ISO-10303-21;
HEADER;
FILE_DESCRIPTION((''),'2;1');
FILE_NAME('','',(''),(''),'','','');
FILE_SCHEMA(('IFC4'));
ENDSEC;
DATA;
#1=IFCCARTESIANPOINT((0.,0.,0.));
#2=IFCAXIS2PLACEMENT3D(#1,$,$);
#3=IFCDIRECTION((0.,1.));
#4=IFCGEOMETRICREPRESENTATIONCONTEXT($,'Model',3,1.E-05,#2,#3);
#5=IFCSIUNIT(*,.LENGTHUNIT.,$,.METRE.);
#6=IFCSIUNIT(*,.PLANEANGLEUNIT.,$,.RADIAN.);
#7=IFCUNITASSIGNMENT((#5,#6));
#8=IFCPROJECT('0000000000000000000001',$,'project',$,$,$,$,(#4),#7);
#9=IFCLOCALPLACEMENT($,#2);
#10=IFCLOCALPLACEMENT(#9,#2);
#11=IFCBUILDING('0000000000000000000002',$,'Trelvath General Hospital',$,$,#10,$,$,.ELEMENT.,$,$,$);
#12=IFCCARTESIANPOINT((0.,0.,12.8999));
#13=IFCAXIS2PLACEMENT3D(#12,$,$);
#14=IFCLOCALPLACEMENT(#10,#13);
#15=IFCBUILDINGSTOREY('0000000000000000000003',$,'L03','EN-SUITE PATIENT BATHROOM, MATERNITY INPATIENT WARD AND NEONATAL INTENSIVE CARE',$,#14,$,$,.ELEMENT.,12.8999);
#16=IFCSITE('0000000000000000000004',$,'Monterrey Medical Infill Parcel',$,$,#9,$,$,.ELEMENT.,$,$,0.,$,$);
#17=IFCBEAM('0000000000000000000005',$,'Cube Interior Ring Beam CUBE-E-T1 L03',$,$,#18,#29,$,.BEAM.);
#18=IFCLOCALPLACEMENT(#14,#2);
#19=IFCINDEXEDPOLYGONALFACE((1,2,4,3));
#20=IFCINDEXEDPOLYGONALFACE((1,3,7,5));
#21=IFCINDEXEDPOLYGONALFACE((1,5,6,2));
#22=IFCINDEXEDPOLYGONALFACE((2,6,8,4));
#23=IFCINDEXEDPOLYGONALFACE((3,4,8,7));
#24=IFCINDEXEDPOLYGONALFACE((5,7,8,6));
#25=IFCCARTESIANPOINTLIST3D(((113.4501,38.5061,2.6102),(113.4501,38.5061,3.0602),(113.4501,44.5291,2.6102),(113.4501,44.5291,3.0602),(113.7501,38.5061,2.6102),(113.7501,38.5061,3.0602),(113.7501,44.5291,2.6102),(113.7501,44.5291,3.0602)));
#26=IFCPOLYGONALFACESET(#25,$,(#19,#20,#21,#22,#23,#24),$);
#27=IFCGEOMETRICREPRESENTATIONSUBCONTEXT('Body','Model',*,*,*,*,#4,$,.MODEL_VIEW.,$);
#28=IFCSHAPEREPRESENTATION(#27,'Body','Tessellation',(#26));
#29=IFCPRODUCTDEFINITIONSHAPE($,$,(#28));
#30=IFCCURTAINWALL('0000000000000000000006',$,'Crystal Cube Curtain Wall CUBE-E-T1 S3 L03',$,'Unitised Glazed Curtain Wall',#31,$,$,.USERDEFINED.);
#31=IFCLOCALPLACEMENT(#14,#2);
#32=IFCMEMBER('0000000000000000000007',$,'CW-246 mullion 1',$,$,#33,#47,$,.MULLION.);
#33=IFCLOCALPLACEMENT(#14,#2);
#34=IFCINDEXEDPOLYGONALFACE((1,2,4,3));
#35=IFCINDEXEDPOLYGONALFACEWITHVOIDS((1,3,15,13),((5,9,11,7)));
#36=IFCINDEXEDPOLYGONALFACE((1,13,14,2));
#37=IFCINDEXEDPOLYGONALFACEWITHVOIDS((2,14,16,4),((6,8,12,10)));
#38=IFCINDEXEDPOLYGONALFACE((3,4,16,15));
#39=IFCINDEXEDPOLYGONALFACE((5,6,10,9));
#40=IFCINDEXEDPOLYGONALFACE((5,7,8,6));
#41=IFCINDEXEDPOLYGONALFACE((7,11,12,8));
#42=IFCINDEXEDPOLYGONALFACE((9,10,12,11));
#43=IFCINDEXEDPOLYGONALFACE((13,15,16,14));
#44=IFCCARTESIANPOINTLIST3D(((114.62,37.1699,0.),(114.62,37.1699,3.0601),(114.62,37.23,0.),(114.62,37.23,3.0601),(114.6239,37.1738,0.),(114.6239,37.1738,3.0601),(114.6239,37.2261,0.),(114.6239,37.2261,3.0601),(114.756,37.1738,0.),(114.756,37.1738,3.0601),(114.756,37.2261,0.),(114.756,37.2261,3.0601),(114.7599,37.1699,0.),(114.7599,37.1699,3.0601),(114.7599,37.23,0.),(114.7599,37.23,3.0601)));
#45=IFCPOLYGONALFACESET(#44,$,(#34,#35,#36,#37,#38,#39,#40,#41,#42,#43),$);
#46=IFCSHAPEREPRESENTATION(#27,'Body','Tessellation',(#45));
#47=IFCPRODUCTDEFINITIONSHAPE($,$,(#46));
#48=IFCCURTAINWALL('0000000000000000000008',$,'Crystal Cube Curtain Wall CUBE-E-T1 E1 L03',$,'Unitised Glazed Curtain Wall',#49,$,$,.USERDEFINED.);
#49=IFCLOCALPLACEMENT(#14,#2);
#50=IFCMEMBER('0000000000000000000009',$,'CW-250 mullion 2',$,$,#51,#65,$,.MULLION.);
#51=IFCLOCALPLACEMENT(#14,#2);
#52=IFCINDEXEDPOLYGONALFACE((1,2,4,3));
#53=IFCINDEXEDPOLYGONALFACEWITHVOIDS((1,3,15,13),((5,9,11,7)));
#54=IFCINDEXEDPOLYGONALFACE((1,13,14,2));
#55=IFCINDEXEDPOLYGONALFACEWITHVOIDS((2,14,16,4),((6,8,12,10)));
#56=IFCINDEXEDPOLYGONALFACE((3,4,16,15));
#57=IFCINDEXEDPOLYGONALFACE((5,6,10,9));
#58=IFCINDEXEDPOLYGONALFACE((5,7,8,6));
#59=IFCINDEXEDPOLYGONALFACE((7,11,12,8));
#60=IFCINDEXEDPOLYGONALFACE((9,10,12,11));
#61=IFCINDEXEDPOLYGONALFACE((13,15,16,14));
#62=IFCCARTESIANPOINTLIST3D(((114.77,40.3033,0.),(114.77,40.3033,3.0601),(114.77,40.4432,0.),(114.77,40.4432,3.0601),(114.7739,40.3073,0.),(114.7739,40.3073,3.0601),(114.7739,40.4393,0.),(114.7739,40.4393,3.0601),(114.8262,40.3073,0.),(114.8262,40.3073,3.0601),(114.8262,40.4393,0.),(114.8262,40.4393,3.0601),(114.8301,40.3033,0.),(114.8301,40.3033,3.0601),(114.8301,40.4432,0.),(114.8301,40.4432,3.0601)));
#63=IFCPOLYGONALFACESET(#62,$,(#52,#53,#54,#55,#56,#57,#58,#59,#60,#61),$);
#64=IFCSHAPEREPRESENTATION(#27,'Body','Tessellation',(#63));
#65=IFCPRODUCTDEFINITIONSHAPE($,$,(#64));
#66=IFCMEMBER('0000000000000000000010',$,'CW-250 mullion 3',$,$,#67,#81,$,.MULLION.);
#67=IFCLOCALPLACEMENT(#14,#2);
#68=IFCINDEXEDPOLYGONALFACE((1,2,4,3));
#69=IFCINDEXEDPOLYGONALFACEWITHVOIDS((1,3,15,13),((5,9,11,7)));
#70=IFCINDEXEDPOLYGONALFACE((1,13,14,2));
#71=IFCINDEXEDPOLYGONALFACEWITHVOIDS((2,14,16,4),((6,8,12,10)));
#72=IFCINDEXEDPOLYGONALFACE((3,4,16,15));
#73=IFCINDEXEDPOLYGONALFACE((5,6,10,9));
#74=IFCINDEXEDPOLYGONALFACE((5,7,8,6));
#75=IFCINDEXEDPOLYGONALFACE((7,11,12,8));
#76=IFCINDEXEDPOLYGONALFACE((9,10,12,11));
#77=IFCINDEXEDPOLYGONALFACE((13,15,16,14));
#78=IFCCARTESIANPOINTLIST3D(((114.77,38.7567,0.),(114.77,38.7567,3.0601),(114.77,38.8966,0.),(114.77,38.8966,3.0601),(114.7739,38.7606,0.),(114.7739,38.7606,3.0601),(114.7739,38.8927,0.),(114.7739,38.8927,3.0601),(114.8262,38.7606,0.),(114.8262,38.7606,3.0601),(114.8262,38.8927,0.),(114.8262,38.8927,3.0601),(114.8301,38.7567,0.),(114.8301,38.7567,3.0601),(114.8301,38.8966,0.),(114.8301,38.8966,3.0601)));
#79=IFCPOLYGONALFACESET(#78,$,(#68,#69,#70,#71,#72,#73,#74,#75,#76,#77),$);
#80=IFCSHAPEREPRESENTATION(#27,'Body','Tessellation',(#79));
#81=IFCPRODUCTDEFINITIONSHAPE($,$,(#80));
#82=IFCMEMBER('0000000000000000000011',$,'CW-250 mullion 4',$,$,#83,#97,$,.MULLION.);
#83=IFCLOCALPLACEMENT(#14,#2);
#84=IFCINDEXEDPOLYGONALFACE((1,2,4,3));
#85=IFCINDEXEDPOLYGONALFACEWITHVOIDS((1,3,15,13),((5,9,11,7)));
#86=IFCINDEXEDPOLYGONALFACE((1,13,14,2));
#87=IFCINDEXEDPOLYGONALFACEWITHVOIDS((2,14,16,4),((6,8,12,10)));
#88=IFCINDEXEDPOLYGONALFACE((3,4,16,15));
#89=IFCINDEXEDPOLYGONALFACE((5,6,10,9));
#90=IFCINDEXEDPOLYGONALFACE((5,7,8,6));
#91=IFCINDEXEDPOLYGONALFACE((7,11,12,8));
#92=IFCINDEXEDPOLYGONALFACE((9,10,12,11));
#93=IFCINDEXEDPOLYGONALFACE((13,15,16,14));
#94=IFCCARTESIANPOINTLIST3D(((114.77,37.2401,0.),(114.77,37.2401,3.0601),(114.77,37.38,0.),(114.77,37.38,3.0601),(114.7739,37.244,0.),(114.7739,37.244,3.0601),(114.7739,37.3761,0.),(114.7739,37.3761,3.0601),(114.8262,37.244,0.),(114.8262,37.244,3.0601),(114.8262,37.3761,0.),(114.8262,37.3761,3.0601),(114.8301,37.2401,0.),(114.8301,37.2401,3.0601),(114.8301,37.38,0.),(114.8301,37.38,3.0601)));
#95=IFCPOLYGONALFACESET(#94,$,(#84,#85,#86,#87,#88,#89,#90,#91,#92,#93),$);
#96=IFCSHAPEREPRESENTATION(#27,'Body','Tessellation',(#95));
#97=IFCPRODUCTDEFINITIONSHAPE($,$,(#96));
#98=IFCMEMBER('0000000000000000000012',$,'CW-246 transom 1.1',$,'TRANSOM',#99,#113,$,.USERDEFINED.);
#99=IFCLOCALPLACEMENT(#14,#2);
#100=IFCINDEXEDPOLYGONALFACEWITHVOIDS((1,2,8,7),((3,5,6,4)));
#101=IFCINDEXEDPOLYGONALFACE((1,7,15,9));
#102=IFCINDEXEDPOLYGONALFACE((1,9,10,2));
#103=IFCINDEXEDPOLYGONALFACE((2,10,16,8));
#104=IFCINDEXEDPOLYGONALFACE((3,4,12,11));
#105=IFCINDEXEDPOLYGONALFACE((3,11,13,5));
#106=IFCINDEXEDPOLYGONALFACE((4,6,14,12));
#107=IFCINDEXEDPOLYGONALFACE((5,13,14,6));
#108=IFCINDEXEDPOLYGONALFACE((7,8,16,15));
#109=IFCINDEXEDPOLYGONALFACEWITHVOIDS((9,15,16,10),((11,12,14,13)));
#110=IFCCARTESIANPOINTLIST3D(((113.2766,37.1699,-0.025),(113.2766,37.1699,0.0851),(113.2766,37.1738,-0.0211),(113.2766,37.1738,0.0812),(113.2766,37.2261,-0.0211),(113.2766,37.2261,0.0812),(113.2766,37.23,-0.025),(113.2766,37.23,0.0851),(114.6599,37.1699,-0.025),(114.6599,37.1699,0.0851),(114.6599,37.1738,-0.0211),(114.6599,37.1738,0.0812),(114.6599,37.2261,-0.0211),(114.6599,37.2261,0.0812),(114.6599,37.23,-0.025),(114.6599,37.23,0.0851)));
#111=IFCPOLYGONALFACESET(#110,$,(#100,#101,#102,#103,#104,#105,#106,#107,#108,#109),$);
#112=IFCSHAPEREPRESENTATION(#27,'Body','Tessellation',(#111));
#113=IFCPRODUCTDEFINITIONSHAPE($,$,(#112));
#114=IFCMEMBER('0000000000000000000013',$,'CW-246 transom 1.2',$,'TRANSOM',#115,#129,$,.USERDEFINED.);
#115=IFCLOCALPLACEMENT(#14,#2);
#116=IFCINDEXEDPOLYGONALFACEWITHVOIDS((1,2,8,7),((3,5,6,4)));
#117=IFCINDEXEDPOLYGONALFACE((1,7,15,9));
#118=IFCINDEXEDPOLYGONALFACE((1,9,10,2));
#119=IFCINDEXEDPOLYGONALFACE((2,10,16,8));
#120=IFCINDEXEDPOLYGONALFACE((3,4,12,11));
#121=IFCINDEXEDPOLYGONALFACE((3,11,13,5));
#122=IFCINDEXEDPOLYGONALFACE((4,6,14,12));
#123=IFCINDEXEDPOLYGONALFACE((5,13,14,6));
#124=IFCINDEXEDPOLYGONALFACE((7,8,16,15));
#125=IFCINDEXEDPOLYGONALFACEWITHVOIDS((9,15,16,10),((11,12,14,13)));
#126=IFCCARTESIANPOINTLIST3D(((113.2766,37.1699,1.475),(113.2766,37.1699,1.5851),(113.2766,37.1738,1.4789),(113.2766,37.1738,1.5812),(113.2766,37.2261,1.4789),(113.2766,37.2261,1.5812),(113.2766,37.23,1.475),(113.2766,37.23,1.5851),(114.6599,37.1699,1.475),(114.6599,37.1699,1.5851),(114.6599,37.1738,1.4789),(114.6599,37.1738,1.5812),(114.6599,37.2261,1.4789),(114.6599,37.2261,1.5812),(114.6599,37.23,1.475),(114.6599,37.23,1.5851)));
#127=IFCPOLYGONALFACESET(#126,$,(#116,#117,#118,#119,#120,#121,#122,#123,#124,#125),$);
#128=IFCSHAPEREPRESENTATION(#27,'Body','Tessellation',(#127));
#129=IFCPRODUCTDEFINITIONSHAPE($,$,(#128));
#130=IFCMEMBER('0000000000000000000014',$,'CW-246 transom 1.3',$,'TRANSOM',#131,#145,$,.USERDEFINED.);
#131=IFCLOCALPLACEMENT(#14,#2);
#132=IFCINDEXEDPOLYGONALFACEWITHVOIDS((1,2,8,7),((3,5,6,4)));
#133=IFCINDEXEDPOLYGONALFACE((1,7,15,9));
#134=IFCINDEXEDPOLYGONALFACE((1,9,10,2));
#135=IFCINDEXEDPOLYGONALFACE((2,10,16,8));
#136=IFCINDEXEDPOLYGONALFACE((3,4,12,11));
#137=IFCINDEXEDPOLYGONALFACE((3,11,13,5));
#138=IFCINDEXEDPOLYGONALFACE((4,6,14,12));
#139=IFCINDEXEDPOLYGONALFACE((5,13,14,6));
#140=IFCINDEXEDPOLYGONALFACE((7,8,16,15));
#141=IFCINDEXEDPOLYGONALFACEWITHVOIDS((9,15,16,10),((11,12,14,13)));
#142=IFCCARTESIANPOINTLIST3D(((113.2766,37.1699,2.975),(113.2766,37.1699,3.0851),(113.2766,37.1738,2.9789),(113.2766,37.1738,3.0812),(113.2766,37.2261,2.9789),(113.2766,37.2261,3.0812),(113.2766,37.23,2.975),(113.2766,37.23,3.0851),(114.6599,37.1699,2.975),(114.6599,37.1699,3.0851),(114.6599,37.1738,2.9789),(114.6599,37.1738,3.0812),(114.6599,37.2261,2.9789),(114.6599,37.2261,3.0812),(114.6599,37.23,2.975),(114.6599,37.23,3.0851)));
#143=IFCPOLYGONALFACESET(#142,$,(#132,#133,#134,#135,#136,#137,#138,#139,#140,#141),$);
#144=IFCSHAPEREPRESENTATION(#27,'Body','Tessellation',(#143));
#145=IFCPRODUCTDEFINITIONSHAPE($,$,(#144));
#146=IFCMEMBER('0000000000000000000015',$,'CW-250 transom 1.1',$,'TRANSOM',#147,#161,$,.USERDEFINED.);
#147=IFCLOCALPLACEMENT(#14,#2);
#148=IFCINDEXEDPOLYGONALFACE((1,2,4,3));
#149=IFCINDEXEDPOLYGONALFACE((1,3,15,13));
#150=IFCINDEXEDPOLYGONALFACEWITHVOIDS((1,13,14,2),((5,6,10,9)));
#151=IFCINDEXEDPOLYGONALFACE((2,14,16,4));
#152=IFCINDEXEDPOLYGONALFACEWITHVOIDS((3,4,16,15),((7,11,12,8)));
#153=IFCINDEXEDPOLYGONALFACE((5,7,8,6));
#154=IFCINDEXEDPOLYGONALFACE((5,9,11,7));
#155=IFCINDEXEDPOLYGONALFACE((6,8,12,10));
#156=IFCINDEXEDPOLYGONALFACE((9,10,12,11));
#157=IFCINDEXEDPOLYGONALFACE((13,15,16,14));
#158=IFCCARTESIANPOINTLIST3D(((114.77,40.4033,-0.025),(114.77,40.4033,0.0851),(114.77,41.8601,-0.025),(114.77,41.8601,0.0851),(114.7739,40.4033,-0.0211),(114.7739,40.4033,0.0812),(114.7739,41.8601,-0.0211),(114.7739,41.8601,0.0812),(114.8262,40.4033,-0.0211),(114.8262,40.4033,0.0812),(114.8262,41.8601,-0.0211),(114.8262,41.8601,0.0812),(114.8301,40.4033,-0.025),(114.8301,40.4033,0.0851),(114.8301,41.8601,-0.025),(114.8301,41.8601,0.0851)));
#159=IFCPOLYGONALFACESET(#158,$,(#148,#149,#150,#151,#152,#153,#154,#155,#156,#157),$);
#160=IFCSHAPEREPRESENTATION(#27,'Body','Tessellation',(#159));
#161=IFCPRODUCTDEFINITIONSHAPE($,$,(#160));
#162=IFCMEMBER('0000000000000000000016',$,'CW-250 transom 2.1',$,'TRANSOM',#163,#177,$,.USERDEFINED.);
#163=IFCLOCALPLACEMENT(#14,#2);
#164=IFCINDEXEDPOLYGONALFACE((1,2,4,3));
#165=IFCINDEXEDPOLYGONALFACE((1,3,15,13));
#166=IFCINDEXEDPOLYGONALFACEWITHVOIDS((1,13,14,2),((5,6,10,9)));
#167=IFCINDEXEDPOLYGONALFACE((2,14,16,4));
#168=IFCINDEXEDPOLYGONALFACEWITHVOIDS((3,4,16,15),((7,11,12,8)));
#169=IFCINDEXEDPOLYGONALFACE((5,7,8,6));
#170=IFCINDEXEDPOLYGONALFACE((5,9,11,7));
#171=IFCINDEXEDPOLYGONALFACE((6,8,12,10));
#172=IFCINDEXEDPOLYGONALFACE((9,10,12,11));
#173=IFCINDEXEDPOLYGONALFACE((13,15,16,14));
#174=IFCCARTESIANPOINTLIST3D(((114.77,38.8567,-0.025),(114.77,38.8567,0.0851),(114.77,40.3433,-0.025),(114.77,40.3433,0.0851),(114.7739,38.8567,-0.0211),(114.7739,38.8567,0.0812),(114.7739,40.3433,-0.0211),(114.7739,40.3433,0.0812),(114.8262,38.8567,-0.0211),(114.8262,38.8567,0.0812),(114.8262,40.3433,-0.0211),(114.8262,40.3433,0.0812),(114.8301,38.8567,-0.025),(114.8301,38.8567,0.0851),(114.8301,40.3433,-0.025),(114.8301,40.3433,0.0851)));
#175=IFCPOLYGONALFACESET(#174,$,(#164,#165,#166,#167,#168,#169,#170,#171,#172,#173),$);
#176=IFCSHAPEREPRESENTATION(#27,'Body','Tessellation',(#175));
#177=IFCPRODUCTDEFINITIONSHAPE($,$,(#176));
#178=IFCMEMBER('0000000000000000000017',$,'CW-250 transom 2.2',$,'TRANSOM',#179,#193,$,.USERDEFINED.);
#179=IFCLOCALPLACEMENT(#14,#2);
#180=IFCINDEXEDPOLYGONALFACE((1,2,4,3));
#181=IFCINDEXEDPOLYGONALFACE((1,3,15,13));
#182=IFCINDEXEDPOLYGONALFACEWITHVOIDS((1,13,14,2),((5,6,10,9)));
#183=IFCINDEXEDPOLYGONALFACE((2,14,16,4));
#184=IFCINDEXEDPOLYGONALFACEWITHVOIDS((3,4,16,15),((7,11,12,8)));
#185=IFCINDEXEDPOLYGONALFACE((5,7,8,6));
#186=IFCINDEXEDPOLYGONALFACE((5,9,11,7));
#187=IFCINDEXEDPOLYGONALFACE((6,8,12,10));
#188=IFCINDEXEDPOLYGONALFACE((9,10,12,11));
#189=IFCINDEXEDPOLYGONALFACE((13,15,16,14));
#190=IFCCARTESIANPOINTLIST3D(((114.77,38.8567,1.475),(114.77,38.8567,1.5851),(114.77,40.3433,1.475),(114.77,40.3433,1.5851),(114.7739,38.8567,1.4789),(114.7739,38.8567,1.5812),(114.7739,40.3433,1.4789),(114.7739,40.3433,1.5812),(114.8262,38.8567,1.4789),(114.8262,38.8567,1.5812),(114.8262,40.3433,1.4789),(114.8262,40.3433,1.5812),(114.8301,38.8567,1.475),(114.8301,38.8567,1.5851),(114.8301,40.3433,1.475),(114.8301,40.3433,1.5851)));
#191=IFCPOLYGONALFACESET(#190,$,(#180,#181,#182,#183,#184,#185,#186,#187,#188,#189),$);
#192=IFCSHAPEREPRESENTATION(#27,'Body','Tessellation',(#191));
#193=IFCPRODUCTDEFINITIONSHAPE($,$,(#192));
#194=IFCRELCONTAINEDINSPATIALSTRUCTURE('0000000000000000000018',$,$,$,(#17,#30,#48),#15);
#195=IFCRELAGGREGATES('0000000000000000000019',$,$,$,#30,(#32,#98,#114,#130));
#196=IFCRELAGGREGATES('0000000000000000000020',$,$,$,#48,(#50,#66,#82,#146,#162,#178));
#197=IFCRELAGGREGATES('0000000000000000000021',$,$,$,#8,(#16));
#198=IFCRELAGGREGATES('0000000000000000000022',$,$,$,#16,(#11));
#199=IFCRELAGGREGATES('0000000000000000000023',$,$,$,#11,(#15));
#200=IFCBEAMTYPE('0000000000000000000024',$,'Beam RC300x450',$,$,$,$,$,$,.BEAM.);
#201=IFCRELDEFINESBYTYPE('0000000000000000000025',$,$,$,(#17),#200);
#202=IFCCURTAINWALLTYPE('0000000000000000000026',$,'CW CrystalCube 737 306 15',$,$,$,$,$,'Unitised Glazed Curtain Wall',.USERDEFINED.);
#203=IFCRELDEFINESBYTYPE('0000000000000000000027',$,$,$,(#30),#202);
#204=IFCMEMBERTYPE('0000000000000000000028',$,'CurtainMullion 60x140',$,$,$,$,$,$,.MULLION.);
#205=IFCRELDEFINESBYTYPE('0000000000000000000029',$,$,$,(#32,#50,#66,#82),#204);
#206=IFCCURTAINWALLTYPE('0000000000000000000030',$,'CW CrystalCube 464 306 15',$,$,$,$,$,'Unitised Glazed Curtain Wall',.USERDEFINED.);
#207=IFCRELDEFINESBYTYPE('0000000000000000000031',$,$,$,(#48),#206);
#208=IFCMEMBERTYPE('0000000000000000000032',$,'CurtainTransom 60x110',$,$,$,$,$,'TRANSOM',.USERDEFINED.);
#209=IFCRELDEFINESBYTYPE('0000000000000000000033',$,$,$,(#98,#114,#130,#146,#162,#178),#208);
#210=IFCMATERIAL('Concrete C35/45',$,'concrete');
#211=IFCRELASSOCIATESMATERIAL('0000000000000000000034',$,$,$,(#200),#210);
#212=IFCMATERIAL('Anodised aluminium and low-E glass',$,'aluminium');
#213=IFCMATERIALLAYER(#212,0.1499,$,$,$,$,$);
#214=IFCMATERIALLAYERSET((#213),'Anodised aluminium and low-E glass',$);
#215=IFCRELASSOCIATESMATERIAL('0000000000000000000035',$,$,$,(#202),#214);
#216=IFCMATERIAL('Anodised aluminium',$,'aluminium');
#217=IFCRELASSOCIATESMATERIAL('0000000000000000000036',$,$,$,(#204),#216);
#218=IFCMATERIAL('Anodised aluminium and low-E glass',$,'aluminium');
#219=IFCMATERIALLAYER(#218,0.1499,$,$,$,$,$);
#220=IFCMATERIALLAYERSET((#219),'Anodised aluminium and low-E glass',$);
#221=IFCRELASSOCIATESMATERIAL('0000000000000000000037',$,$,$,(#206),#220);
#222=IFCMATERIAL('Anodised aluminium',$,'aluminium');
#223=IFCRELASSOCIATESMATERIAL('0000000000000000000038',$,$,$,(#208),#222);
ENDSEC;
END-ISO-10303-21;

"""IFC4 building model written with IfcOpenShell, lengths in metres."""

from ifc_helpers import new_model, si_unit, direction, frame, origin, origin_2d, place, context, subcontext, project, spatial, rectangle, hollow_rectangle, extrude, material, layer, layer_set, material_profile, profile_set, type_object, element, aggregate, save


model = new_model("IFC4")

# Units and contexts
model_context = context("Model", 3, precision=1e-05, world=origin(), true_north=direction((0.0, 1.0)))
body_context = subcontext(model_context, "Body", "Model", "MODEL_VIEW")
ifc_project = project(units=[si_unit("LENGTHUNIT", "METRE"), si_unit("PLANEANGLEUNIT", "RADIAN")], contexts=[model_context])

# Site, building, storey
site_placement = place(None, origin())
site = spatial("IfcSite", under=ifc_project, at=site_placement, Name="Monterrey Medical Infill Parcel", CompositionType="ELEMENT", RefElevation=0.0)
building_placement = place(site_placement, origin())
building = spatial("IfcBuilding", under=site, at=building_placement, Name="Trelvath General Hospital", CompositionType="ELEMENT")
storey_placement = place(building_placement, frame((0.0, 0.0, 12.8999)))
storey = spatial("IfcBuildingStorey", under=building, at=storey_placement, Name="L03", Description="EN-SUITE PATIENT BATHROOM, MATERNITY INPATIENT WARD AND NEONATAL INTENSIVE CARE", CompositionType="ELEMENT", Elevation=12.8999)

# Beam
ifc_material_1 = material(Name="Concrete C35/45", Category="concrete")
ifc_material_profile_1 = material_profile(ifc_material_1, rectangle(XDim=0.3, YDim=0.45, at=origin_2d()), Name="RCB300x450")
ifc_profile_set_1 = profile_set([ifc_material_profile_1], Name="Concrete C35/45")
beam_type = type_object("IfcBeamType", Name="Beam RC300x450", PredefinedType="BEAM", material=ifc_profile_set_1)
beam_placement = place(storey_placement, frame((113.6001, 38.5061, 2.8352), z_axis=(0.0, 1.0, 0.0), x_axis=(-1.0, 0.0, 0.0)))
element("IfcBeam", 1, at=beam_placement, inside=storey, type_object=beam_type, Name="Cube Interior Ring Beam CUBE-E-T1 L03", PredefinedType="BEAM", context=body_context, shape_type="SweptSolid", body=[
    extrude(rectangle(XDim=0.3, YDim=0.45, at=origin_2d()), origin(), (0.0, 0.0, 1.0), 6.0229),
])

# Curtain wall, member
ifc_material_2 = material(Name="Anodised aluminium and low-E glass", Category="aluminium")
ifc_layer_1 = layer(ifc_material_2, 0.1499)
ifc_layer_set_1 = layer_set([ifc_layer_1], Name="Anodised aluminium and low-E glass")
curtain_wall_type_1 = type_object("IfcCurtainWallType", Name="CW CrystalCube 737 306 15", ElementType="Unitised Glazed Curtain Wall", PredefinedType="USERDEFINED", material=ifc_layer_set_1)
curtain_wall_1_placement = place(storey_placement, origin())
curtain_wall_1 = element("IfcCurtainWall", 2, at=curtain_wall_1_placement, inside=storey, type_object=curtain_wall_type_1, Name="Crystal Cube Curtain Wall CUBE-E-T1 S3 L03", ObjectType="Unitised Glazed Curtain Wall", PredefinedType="USERDEFINED")
ifc_material_3 = material(Name="Anodised aluminium", Category="aluminium")
ifc_material_profile_2 = material_profile(ifc_material_3, hollow_rectangle(XDim=0.0601, YDim=0.1399, WallThickness=0.0039, at=origin_2d()), Name="RHS60x140x4")
ifc_profile_set_2 = profile_set([ifc_material_profile_2], Name="Anodised aluminium")
member_type_1 = type_object("IfcMemberType", Name="CurtainMullion 60x140", PredefinedType="MULLION", material=ifc_profile_set_2)
member_1_placement = place(storey_placement, frame((114.6899, 37.2, 0.0), z_axis=(0.0, 0.0, 1.0), x_axis=(0.0, -1.0, 0.0)))
member_1 = element("IfcMember", 3, at=member_1_placement, type_object=member_type_1, Name="CW-246 mullion 1", PredefinedType="MULLION", context=body_context, shape_type="SweptSolid", body=[
    extrude(hollow_rectangle(XDim=0.0601, YDim=0.1399, WallThickness=0.0039, at=origin_2d()), origin(), (0.0, 0.0, 1.0), 3.0601),
])

# Curtain wall, members
ifc_material_4 = material(Name="Anodised aluminium and low-E glass", Category="aluminium")
ifc_layer_2 = layer(ifc_material_4, 0.1499)
ifc_layer_set_2 = layer_set([ifc_layer_2], Name="Anodised aluminium and low-E glass")
curtain_wall_type_2 = type_object("IfcCurtainWallType", Name="CW CrystalCube 464 306 15", ElementType="Unitised Glazed Curtain Wall", PredefinedType="USERDEFINED", material=ifc_layer_set_2)
curtain_wall_2_placement = place(storey_placement, origin())
curtain_wall_2 = element("IfcCurtainWall", 4, at=curtain_wall_2_placement, inside=storey, type_object=curtain_wall_type_2, Name="Crystal Cube Curtain Wall CUBE-E-T1 E1 L03", ObjectType="Unitised Glazed Curtain Wall", PredefinedType="USERDEFINED")
member_2_placement = place(storey_placement, frame((114.8, 40.3733, 0.0), z_axis=(0.0, 0.0, 1.0), x_axis=(1.0, 0.0, 0.0)))
member_2 = element("IfcMember", 5, at=member_2_placement, type_object=member_type_1, Name="CW-250 mullion 2", PredefinedType="MULLION", context=body_context, shape_type="SweptSolid", body=[
    extrude(hollow_rectangle(XDim=0.0601, YDim=0.1399, WallThickness=0.0039, at=origin_2d()), origin(), (0.0, 0.0, 1.0), 3.0601),
])
member_3_placement = place(storey_placement, frame((114.8, 38.8267, 0.0), z_axis=(0.0, 0.0, 1.0), x_axis=(1.0, 0.0, 0.0)))
member_3 = element("IfcMember", 6, at=member_3_placement, type_object=member_type_1, Name="CW-250 mullion 3", PredefinedType="MULLION", context=body_context, shape_type="SweptSolid", body=[
    extrude(hollow_rectangle(XDim=0.0601, YDim=0.1399, WallThickness=0.0039, at=origin_2d()), origin(), (0.0, 0.0, 1.0), 3.0601),
])
member_4_placement = place(storey_placement, frame((114.8, 37.3101, 0.0), z_axis=(0.0, 0.0, 1.0), x_axis=(1.0, 0.0, 0.0)))
member_4 = element("IfcMember", 7, at=member_4_placement, type_object=member_type_1, Name="CW-250 mullion 4", PredefinedType="MULLION", context=body_context, shape_type="SweptSolid", body=[
    extrude(hollow_rectangle(XDim=0.0601, YDim=0.1399, WallThickness=0.0039, at=origin_2d()), origin(), (0.0, 0.0, 1.0), 3.0601),
])

# Members
ifc_material_5 = material(Name="Anodised aluminium", Category="aluminium")
ifc_material_profile_3 = material_profile(ifc_material_5, hollow_rectangle(XDim=0.0601, YDim=0.1101, WallThickness=0.0039, at=origin_2d()), Name="RHS60x110x4")
ifc_profile_set_3 = profile_set([ifc_material_profile_3], Name="Anodised aluminium")
member_type_2 = type_object("IfcMemberType", Name="CurtainTransom 60x110", ElementType="TRANSOM", PredefinedType="USERDEFINED", material=ifc_profile_set_3)
member_5_placement = place(storey_placement, frame((114.6599, 37.2, 0.03), z_axis=(-1.0, 0.0, 0.0), x_axis=(0.0, -1.0, 0.0)))
member_5 = element("IfcMember", 8, at=member_5_placement, type_object=member_type_2, Name="CW-246 transom 1.1", ObjectType="TRANSOM", PredefinedType="USERDEFINED", context=body_context, shape_type="SweptSolid", body=[
    extrude(hollow_rectangle(XDim=0.0601, YDim=0.1101, WallThickness=0.0039, at=origin_2d()), origin(), (0.0, 0.0, 1.0), 1.3833),
])
member_6_placement = place(storey_placement, frame((114.6599, 37.2, 1.53), z_axis=(-1.0, 0.0, 0.0), x_axis=(0.0, -1.0, 0.0)))
member_6 = element("IfcMember", 9, at=member_6_placement, type_object=member_type_2, Name="CW-246 transom 1.2", ObjectType="TRANSOM", PredefinedType="USERDEFINED", context=body_context, shape_type="SweptSolid", body=[
    extrude(hollow_rectangle(XDim=0.0601, YDim=0.1101, WallThickness=0.0039, at=origin_2d()), origin(), (0.0, 0.0, 1.0), 1.3833),
])
member_7_placement = place(storey_placement, frame((114.6599, 37.2, 3.03), z_axis=(-1.0, 0.0, 0.0), x_axis=(0.0, -1.0, 0.0)))
member_7 = element("IfcMember", 10, at=member_7_placement, type_object=member_type_2, Name="CW-246 transom 1.3", ObjectType="TRANSOM", PredefinedType="USERDEFINED", context=body_context, shape_type="SweptSolid", body=[
    extrude(hollow_rectangle(XDim=0.0601, YDim=0.1101, WallThickness=0.0039, at=origin_2d()), origin(), (0.0, 0.0, 1.0), 1.3833),
])
member_8_placement = place(storey_placement, frame((114.8, 41.8601, 0.03), z_axis=(0.0, -1.0, 0.0), x_axis=(1.0, 0.0, 0.0)))
member_8 = element("IfcMember", 11, at=member_8_placement, type_object=member_type_2, Name="CW-250 transom 1.1", ObjectType="TRANSOM", PredefinedType="USERDEFINED", context=body_context, shape_type="SweptSolid", body=[
    extrude(hollow_rectangle(XDim=0.0601, YDim=0.1101, WallThickness=0.0039, at=origin_2d()), origin(), (0.0, 0.0, 1.0), 1.4568),
])
member_9_placement = place(storey_placement, frame((114.8, 40.3433, 0.03), z_axis=(0.0, -1.0, 0.0), x_axis=(1.0, 0.0, 0.0)))
member_9 = element("IfcMember", 12, at=member_9_placement, type_object=member_type_2, Name="CW-250 transom 2.1", ObjectType="TRANSOM", PredefinedType="USERDEFINED", context=body_context, shape_type="SweptSolid", body=[
    extrude(hollow_rectangle(XDim=0.0601, YDim=0.1101, WallThickness=0.0039, at=origin_2d()), origin(), (0.0, 0.0, 1.0), 1.4866),
])
member_10_placement = place(storey_placement, frame((114.8, 40.3433, 1.53), z_axis=(0.0, -1.0, 0.0), x_axis=(1.0, 0.0, 0.0)))
member_10 = element("IfcMember", 13, at=member_10_placement, type_object=member_type_2, Name="CW-250 transom 2.2", ObjectType="TRANSOM", PredefinedType="USERDEFINED", context=body_context, shape_type="SweptSolid", body=[
    extrude(hollow_rectangle(XDim=0.0601, YDim=0.1101, WallThickness=0.0039, at=origin_2d()), origin(), (0.0, 0.0, 1.0), 1.4866),
])

aggregate(curtain_wall_1, [member_1, member_5, member_6, member_7])
aggregate(curtain_wall_2, [member_2, member_3, member_4, member_8, member_9, member_10])

save(model, "model.ifc")
